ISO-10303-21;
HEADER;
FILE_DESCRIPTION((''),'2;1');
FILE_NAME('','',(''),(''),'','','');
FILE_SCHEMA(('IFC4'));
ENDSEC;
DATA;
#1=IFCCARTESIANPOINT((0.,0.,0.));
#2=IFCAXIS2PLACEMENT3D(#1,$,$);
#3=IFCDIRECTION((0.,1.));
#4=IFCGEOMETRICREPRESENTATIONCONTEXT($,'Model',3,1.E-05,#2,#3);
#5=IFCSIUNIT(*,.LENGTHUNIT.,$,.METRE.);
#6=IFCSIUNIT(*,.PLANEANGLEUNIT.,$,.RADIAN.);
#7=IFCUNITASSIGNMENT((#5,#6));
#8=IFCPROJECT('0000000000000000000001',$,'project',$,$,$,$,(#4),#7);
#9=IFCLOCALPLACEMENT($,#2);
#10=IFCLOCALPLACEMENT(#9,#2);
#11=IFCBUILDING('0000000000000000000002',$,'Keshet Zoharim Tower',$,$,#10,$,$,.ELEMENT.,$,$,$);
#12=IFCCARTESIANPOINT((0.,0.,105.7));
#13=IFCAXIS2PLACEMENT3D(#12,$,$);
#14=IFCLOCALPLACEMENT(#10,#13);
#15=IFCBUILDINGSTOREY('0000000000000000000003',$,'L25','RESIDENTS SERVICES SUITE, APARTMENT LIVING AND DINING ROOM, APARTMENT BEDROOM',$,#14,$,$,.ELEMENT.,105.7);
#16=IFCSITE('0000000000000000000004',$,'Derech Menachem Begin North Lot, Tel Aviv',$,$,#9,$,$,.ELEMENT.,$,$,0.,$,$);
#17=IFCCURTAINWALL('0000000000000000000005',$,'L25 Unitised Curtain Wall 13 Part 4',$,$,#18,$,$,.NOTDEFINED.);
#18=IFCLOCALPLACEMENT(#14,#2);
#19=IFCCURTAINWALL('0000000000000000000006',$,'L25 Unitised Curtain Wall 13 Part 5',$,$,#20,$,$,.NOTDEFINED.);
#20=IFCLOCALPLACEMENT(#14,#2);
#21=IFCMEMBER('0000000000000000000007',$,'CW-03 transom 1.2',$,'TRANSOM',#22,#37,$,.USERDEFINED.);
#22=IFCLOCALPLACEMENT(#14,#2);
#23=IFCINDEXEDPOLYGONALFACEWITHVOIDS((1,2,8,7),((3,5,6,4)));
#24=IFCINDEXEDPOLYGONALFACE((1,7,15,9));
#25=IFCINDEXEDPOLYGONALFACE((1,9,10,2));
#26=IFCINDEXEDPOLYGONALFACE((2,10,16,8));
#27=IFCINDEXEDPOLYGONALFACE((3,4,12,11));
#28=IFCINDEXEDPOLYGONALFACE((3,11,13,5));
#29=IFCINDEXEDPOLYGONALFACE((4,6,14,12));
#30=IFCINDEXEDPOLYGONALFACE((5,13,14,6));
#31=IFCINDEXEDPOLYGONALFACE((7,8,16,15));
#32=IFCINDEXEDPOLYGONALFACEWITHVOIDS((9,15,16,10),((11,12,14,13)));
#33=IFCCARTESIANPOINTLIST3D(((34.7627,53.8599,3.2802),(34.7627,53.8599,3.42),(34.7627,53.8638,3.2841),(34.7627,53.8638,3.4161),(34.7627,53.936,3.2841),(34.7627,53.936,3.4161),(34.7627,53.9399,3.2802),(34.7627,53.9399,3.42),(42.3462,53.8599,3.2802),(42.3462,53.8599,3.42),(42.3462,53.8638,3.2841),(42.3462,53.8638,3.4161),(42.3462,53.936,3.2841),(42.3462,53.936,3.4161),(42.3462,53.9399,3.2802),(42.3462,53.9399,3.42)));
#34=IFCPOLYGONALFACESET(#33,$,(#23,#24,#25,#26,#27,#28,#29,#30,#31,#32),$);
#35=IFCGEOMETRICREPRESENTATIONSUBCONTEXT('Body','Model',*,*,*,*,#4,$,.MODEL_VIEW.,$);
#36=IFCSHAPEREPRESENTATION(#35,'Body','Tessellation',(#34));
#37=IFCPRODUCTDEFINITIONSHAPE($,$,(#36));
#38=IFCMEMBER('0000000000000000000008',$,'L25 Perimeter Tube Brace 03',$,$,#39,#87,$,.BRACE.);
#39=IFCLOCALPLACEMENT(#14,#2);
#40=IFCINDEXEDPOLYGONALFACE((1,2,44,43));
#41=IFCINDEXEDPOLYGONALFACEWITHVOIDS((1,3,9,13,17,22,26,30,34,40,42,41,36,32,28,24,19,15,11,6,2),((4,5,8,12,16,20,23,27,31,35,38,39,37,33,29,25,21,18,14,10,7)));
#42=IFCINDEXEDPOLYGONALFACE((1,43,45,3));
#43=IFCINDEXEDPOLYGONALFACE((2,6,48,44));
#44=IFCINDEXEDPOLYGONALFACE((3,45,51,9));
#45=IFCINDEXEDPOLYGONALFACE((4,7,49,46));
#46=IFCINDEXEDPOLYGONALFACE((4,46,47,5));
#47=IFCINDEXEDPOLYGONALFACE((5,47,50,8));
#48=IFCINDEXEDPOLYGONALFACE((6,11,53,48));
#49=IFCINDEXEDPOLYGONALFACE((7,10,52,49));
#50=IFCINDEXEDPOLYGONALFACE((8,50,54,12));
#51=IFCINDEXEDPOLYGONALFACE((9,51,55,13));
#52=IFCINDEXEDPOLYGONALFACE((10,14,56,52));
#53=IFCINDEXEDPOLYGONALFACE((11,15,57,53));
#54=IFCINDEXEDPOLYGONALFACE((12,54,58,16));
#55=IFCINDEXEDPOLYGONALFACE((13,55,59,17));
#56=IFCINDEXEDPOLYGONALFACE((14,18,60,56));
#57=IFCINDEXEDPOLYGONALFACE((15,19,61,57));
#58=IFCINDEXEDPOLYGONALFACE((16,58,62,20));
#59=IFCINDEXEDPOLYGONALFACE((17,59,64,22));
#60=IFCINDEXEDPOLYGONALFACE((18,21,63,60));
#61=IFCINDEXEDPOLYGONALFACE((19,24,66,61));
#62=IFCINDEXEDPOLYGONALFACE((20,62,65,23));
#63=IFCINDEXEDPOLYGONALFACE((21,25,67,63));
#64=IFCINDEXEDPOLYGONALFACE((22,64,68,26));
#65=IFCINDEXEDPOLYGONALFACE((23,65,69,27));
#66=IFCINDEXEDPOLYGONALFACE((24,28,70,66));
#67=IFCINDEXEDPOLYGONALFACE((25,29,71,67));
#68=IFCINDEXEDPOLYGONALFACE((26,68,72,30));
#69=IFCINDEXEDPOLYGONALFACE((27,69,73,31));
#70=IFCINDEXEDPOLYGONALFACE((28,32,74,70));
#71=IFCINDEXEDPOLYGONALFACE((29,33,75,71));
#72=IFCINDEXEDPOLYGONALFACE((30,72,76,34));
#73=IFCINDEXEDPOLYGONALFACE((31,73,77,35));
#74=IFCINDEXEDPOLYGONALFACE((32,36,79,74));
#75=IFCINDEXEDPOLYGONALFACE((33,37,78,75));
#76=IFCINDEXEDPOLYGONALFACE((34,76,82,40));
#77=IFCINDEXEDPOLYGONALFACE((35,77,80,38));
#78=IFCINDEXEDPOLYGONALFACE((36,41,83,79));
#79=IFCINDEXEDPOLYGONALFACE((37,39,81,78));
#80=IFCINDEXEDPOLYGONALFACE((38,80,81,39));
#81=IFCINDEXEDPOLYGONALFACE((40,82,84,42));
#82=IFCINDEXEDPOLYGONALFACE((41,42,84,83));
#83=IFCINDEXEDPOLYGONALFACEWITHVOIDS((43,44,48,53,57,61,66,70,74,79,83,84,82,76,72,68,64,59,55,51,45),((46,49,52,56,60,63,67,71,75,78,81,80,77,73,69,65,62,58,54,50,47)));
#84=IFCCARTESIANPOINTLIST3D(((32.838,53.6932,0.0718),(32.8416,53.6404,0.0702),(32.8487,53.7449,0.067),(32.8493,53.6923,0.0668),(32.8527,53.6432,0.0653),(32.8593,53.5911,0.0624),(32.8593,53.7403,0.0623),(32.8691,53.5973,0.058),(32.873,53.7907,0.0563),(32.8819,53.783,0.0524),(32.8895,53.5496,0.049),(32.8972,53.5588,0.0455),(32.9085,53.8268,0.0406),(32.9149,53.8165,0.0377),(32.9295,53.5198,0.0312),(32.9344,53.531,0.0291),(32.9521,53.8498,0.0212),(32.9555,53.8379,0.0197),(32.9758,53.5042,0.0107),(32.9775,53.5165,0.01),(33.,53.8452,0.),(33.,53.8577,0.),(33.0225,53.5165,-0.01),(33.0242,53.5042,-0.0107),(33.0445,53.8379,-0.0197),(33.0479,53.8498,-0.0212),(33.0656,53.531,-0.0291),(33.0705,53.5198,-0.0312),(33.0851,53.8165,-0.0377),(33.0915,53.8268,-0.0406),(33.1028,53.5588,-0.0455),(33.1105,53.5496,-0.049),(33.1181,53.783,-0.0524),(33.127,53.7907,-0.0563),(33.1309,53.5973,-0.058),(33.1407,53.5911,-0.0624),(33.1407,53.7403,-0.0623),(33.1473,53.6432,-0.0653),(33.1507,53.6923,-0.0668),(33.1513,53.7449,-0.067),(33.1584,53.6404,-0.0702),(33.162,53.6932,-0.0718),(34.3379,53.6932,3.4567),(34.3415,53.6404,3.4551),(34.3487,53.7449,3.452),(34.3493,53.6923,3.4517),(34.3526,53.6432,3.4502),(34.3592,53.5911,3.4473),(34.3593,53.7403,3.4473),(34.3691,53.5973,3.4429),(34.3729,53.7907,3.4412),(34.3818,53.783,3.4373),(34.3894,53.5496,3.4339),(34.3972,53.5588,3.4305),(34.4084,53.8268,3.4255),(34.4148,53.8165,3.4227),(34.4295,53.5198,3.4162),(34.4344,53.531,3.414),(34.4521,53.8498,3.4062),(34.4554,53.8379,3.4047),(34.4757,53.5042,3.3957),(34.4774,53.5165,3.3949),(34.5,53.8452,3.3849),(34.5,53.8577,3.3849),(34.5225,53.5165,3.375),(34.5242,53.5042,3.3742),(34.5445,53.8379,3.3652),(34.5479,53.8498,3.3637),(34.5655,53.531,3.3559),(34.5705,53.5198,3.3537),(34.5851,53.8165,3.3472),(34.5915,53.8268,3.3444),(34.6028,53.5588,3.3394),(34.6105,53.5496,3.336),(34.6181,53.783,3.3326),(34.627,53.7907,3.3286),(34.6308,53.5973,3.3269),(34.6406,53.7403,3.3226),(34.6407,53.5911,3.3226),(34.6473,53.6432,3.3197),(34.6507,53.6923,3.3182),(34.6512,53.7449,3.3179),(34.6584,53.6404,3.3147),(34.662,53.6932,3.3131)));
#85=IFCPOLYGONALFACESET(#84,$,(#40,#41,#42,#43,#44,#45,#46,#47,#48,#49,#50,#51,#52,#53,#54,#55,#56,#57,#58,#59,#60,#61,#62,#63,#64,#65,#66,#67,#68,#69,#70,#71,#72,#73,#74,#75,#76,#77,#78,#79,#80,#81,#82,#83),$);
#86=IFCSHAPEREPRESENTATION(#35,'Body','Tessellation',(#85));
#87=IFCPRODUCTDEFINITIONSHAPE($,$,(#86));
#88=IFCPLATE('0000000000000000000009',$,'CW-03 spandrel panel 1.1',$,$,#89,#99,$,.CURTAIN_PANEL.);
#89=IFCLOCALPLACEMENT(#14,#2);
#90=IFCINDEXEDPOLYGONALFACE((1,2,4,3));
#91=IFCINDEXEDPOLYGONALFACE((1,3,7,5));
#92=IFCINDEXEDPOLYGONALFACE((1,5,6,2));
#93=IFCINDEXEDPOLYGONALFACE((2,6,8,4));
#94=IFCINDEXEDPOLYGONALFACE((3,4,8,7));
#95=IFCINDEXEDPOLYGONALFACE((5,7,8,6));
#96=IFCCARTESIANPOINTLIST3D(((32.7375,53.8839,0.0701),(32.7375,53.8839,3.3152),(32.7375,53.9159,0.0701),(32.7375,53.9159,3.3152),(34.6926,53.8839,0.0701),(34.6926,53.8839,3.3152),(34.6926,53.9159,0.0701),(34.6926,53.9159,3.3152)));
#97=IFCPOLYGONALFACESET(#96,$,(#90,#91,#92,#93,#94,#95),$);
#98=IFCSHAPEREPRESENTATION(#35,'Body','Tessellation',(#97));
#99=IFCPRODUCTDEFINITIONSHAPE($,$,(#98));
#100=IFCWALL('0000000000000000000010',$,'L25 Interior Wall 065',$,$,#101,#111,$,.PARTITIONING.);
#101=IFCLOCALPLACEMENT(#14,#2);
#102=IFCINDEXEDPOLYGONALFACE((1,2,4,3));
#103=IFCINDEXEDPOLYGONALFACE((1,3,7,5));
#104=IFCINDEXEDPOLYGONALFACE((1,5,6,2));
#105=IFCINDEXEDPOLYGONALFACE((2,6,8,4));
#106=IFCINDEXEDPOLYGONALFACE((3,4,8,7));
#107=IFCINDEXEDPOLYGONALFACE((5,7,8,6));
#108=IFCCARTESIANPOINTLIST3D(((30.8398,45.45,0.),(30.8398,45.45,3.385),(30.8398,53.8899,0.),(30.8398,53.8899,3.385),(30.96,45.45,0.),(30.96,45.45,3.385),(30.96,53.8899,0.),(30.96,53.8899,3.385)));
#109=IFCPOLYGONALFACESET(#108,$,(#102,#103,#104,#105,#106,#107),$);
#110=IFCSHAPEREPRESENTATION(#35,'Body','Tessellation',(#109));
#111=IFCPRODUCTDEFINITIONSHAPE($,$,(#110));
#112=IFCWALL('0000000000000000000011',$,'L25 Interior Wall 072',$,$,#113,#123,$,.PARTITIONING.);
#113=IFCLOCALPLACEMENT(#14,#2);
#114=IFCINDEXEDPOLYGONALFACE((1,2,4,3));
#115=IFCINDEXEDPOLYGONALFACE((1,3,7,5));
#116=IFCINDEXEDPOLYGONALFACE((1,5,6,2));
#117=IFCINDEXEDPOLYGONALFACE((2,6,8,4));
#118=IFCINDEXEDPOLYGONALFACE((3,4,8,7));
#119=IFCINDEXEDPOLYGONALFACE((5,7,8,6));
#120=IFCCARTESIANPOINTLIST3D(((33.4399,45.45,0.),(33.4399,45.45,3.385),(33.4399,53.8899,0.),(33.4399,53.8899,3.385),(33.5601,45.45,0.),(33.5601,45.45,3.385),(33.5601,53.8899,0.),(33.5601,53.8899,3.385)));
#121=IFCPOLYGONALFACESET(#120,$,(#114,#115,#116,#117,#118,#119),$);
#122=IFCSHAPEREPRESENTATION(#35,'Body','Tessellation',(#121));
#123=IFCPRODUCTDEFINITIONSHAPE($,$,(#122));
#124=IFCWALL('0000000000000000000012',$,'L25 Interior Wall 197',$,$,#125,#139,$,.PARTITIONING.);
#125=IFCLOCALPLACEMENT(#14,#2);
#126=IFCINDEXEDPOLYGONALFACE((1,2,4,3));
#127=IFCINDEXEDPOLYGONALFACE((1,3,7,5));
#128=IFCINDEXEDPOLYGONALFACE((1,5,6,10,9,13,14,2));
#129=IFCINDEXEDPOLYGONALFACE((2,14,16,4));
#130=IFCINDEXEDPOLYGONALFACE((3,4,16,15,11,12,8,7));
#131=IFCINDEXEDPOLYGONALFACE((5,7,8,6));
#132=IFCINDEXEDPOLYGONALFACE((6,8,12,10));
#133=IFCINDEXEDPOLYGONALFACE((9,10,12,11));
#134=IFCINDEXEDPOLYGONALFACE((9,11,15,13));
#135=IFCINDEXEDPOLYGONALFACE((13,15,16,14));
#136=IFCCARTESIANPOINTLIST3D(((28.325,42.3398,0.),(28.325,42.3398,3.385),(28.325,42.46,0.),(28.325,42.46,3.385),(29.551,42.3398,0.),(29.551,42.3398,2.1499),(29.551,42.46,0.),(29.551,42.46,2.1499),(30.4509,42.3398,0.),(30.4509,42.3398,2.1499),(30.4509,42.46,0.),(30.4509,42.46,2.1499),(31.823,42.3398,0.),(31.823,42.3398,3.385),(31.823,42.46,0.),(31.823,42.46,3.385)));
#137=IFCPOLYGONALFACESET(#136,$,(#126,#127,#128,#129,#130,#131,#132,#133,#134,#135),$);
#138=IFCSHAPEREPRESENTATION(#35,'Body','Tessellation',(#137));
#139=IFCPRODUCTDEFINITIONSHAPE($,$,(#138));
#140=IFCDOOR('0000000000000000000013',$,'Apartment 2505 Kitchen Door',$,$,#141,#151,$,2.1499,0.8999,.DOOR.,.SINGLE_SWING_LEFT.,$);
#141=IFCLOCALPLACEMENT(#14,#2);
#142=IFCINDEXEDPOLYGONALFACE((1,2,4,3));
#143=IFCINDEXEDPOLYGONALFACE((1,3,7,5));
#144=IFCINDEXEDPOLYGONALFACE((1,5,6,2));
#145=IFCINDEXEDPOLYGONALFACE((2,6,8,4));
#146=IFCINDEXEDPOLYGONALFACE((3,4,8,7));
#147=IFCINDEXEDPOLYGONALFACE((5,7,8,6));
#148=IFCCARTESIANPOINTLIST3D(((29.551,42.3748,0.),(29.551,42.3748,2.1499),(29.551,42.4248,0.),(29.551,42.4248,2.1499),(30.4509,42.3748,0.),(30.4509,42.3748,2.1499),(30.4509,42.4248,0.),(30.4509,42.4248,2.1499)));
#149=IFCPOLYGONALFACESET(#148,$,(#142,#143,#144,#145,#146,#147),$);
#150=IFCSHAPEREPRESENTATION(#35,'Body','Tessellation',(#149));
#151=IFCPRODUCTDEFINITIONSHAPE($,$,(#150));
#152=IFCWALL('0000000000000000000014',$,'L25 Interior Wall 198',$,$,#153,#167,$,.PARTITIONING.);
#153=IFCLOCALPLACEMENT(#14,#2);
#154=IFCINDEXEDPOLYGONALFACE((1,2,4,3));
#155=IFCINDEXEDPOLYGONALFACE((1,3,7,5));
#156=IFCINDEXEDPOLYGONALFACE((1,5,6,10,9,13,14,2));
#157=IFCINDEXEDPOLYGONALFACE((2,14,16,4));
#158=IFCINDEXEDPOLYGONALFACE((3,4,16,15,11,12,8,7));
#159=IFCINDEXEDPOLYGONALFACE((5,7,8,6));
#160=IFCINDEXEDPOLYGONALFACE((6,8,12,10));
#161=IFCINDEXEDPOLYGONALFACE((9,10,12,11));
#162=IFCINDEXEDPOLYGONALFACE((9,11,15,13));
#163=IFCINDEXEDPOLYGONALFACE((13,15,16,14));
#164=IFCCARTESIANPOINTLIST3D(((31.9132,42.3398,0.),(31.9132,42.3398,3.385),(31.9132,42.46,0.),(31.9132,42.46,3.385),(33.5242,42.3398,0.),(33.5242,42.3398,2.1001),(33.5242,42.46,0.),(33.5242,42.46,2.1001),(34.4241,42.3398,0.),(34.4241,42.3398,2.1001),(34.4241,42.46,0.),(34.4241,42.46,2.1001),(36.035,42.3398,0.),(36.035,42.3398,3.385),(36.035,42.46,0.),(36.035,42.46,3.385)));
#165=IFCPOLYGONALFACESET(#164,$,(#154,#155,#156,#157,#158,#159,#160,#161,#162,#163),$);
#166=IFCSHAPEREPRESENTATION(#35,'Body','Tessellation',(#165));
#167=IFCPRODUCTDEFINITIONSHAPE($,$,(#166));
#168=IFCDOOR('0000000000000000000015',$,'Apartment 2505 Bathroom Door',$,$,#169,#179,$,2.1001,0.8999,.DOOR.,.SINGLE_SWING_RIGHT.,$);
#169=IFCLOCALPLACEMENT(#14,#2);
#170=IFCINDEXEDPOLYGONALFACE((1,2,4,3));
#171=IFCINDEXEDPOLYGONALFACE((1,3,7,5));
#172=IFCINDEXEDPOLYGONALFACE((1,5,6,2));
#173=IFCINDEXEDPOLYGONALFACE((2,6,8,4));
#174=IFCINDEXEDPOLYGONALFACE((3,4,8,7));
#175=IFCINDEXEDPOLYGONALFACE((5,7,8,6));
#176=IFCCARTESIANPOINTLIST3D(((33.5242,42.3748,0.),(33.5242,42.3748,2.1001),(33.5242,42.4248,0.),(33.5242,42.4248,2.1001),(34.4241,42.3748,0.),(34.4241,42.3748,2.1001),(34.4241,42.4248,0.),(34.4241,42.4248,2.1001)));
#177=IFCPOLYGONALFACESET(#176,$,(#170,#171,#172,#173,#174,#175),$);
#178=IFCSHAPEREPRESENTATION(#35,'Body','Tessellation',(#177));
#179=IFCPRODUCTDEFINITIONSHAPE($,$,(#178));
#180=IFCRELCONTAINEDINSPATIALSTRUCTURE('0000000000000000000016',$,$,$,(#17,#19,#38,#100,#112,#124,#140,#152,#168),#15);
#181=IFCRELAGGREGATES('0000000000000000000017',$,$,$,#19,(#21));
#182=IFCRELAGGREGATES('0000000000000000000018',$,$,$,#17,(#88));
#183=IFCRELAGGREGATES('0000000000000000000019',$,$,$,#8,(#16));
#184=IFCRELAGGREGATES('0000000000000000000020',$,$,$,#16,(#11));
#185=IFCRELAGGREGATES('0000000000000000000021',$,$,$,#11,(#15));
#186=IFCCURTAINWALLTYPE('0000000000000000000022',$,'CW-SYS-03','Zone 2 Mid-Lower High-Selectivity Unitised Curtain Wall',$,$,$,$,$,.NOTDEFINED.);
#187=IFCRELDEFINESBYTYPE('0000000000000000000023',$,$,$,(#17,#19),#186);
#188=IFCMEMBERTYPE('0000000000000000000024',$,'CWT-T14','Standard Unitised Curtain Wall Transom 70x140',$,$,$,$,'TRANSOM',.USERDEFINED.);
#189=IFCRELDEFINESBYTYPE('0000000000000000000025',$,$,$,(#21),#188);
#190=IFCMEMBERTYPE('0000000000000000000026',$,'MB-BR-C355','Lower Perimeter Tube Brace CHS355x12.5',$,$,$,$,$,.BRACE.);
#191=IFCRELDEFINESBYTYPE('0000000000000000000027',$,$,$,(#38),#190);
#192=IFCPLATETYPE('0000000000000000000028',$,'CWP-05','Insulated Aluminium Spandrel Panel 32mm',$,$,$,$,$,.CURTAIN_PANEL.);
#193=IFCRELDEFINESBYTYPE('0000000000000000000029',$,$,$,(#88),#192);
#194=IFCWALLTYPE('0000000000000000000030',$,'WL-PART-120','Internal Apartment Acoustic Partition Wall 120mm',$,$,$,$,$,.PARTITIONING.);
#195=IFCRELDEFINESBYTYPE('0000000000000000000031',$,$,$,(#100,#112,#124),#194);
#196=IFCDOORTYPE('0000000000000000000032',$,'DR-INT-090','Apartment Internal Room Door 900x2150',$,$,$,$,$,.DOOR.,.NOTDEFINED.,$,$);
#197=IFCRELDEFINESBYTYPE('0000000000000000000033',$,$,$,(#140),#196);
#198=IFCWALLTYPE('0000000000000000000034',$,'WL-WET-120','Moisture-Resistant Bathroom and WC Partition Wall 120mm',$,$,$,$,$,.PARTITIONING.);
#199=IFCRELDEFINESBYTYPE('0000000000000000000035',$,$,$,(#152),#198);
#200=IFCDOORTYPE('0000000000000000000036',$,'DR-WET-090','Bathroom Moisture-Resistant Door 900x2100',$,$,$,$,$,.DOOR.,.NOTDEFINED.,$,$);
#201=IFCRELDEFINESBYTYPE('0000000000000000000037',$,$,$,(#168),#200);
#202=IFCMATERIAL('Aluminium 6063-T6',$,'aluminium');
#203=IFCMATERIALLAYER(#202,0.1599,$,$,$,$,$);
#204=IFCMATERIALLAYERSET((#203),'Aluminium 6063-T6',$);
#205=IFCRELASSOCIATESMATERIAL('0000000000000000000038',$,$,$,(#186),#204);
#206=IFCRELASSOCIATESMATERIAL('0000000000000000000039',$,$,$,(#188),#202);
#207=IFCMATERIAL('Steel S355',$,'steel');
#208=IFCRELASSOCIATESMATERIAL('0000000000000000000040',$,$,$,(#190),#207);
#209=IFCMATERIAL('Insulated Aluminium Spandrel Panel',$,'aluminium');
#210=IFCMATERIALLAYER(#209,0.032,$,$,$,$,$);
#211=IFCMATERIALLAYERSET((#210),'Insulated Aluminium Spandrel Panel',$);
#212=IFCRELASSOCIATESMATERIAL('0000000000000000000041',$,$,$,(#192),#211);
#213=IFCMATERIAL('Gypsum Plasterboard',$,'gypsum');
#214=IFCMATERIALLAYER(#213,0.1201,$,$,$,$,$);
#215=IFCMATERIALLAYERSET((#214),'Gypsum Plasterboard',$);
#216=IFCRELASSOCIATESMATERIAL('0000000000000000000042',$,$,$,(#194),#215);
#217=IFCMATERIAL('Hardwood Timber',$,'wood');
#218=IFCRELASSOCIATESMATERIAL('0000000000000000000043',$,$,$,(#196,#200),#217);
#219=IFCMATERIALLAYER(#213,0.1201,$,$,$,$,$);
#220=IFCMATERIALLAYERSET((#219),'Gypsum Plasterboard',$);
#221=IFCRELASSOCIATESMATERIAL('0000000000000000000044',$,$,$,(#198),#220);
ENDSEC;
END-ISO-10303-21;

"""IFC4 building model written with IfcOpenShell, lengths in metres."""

from ifc_helpers import new_model, si_unit, direction, frame, frame_2d, origin, origin_2d, place, context, subcontext, project, spatial, rectangle, hollow_rectangle, hollow_circle, extrude, material, layer, layer_set, material_profile, profile_set, type_object, element, fill, aggregate, save


model = new_model("IFC4")

# Units and contexts
model_context = context("Model", 3, precision=1e-05, world=origin(), true_north=direction((0.0, 1.0)))
body_context = subcontext(model_context, "Body", "Model", "MODEL_VIEW")
ifc_project = project(units=[si_unit("LENGTHUNIT", "METRE"), si_unit("PLANEANGLEUNIT", "RADIAN")], contexts=[model_context])

# Site, building, storey
site_placement = place(None, origin())
site = spatial("IfcSite", under=ifc_project, at=site_placement, Name="Derech Menachem Begin North Lot, Tel Aviv", CompositionType="ELEMENT", RefElevation=0.0)
building_placement = place(site_placement, origin())
building = spatial("IfcBuilding", under=site, at=building_placement, Name="Keshet Zoharim Tower", CompositionType="ELEMENT")
storey_placement = place(building_placement, frame((0.0, 0.0, 105.7)))
storey = spatial("IfcBuildingStorey", under=building, at=storey_placement, Name="L25", Description="RESIDENTS SERVICES SUITE, APARTMENT LIVING AND DINING ROOM, APARTMENT BEDROOM", CompositionType="ELEMENT", Elevation=105.7)

# Shared definitions
ifc_material_1 = material(Name="Steel S355", Category="steel")

# Shared definitions
ifc_material_2 = material(Name="Aluminium 6063-T6", Category="aluminium")
ifc_layer_1 = layer(ifc_material_2, 0.1599)
ifc_layer_set_1 = layer_set([ifc_layer_1], Name="Aluminium 6063-T6")
curtain_wall_type = type_object("IfcCurtainWallType", Name="CW-SYS-03", Description="Zone 2 Mid-Lower High-Selectivity Unitised Curtain Wall", PredefinedType="NOTDEFINED", material=ifc_layer_set_1)

# Curtain walls, member
curtain_wall_1_placement = place(storey_placement, origin())
curtain_wall_1 = element("IfcCurtainWall", 1, at=curtain_wall_1_placement, inside=storey, type_object=curtain_wall_type, Name="L25 Unitised Curtain Wall 13 Part 4", PredefinedType="NOTDEFINED")
ifc_material_profile_1 = material_profile(ifc_material_2, hollow_rectangle(XDim=0.0801, YDim=0.1399, WallThickness=0.0039, at=origin_2d()), Name="TRN-80x140")
ifc_profile_set_1 = profile_set([ifc_material_profile_1], Name="Aluminium 6063-T6")
member_type_1 = type_object("IfcMemberType", Name="CWT-T14", Description="Standard Unitised Curtain Wall Transom 70x140", ElementType="TRANSOM", PredefinedType="USERDEFINED", material=ifc_profile_set_1)
curtain_wall_2_placement = place(storey_placement, origin())
curtain_wall_2 = element("IfcCurtainWall", 2, at=curtain_wall_2_placement, inside=storey, type_object=curtain_wall_type, Name="L25 Unitised Curtain Wall 13 Part 5", PredefinedType="NOTDEFINED")
member_1_placement = place(storey_placement, frame((34.7627, 53.8999, 3.3501), z_axis=(1.0, 0.0, 0.0), x_axis=(0.0, 1.0, 0.0)))
member_1 = element("IfcMember", 3, at=member_1_placement, type_object=member_type_1, Name="CW-03 transom 1.2", ObjectType="TRANSOM", PredefinedType="USERDEFINED", context=body_context, shape_type="SweptSolid", body=[
    extrude(hollow_rectangle(XDim=0.0801, YDim=0.1399, WallThickness=0.0039, at=origin_2d()), origin(), (0.0, 0.0, 1.0), 7.5835),
])
aggregate(curtain_wall_2, [member_1])

# Member
ifc_material_profile_2 = material_profile(ifc_material_1, hollow_circle(Radius=0.1777, WallThickness=0.0125, at=origin_2d()), Name="CHS355x12.5")
ifc_profile_set_2 = profile_set([ifc_material_profile_2], Name="Steel S355")
member_type_2 = type_object("IfcMemberType", Name="MB-BR-C355", Description="Lower Perimeter Tube Brace CHS355x12.5", PredefinedType="BRACE", material=ifc_profile_set_2)
member_2_placement = place(storey_placement, frame((33.0, 53.6799, 0.0), z_axis=(0.405135, 0.0, 0.914257), x_axis=(0.0, 1.0, 0.0)))
element("IfcMember", 4, at=member_2_placement, inside=storey, type_object=member_type_2, Name="L25 Perimeter Tube Brace 03", PredefinedType="BRACE", context=body_context, shape_type="SweptSolid", body=[
    extrude(hollow_circle(Radius=0.1777, WallThickness=0.0125, at=origin_2d()), origin(), (0.0, 0.0, 1.0), 3.7024),
])

# Plate
ifc_material_3 = material(Name="Insulated Aluminium Spandrel Panel", Category="aluminium")
ifc_layer_2 = layer(ifc_material_3, 0.032)
ifc_layer_set_2 = layer_set([ifc_layer_2], Name="Insulated Aluminium Spandrel Panel")
plate_type = type_object("IfcPlateType", Name="CWP-05", Description="Insulated Aluminium Spandrel Panel 32mm", PredefinedType="CURTAIN_PANEL", material=ifc_layer_set_2)
plate_placement = place(storey_placement, frame((33.7151, 53.8999, 0.0701), z_axis=(0.0, 0.0, 1.0), x_axis=(1.0, 0.0, 0.0)))
plate = element("IfcPlate", 5, at=plate_placement, type_object=plate_type, Name="CW-03 spandrel panel 1.1", PredefinedType="CURTAIN_PANEL", context=body_context, shape_type="SweptSolid", body=[
    extrude(rectangle(XDim=1.9551, YDim=0.032, at=origin_2d()), origin(), (0.0, 0.0, 1.0), 3.2451),
])
aggregate(curtain_wall_1, [plate])

# Walls
ifc_material_4 = material(Name="Gypsum Plasterboard", Category="gypsum")
ifc_layer_3 = layer(ifc_material_4, 0.1201)
ifc_layer_set_3 = layer_set([ifc_layer_3], Name="Gypsum Plasterboard")
wall_type_1 = type_object("IfcWallType", Name="WL-PART-120", Description="Internal Apartment Acoustic Partition Wall 120mm", PredefinedType="PARTITIONING", material=ifc_layer_set_3)
for number, where, z_axis, x_axis, name in (
    (6, (30.8999, 45.45, 0.0), (0.0, 0.0, 1.0), (0.0, 1.0, 0.0), "L25 Interior Wall 065"),
    (7, (33.5, 45.45, 0.0), (0.0, 0.0, 1.0), (0.0, 1.0, 0.0), "L25 Interior Wall 072"),
):
    element("IfcWall", number, at=place(storey_placement, frame(where, z_axis=z_axis, x_axis=x_axis)), inside=storey, type_object=wall_type_1, Name=name, PredefinedType="PARTITIONING", context=body_context, shape_type="SweptSolid", body=[
        extrude(rectangle(XDim=8.4399, YDim=0.1201, at=frame_2d((4.22, 0.0))), origin(), (0.0, 0.0, 1.0), 3.385),
    ])

# Wall, opening, door
wall_1_placement = place(storey_placement, frame((28.325, 42.3999, 0.0), z_axis=(0.0, 0.0, 1.0), x_axis=(1.0, 0.0, 0.0)))
wall_1 = element("IfcWall", 8, at=wall_1_placement, inside=storey, type_object=wall_type_1, Name="L25 Interior Wall 197", PredefinedType="PARTITIONING", context=body_context, shape_type="SweptSolid", body=[
    extrude(rectangle(XDim=3.498, YDim=0.1201, at=frame_2d((1.749, 0.0))), origin(), (0.0, 0.0, 1.0), 3.385),
])
opening_1_placement = place(wall_1_placement, frame((1.2261, 0.0, 0.0)))
opening_1 = element("IfcOpeningElement", 9, at=opening_1_placement, cuts=wall_1, PredefinedType="OPENING", context=body_context, shape_type="SweptSolid", body=[
    extrude(rectangle(XDim=0.8999, YDim=2.1499, at=frame_2d((0.45, 1.075))), frame((0.0, 0.0701, 0.0), z_axis=(0.0, -1.0, 0.0), x_axis=(1.0, 0.0, 0.0)), (0.0, 0.0, 1.0), 0.1401),
])
ifc_material_5 = material(Name="Hardwood Timber", Category="wood")
door_type_1 = type_object("IfcDoorType", Name="DR-INT-090", Description="Apartment Internal Room Door 900x2150", OperationType="NOTDEFINED", PredefinedType="DOOR", material=ifc_material_5)
door_1_placement = place(opening_1_placement, origin())
door_1 = element("IfcDoor", 10, at=door_1_placement, inside=storey, type_object=door_type_1, Name="Apartment 2505 Kitchen Door", OperationType="SINGLE_SWING_LEFT", OverallHeight=2.1499, OverallWidth=0.8999, PredefinedType="DOOR", context=body_context, shape_type="SweptSolid", body=[
    extrude(rectangle(XDim=0.8999, YDim=2.1499, at=frame_2d((0.45, 1.075))), frame((0.0, 0.0249, 0.0), z_axis=(0.0, -1.0, 0.0), x_axis=(1.0, 0.0, 0.0)), (0.0, 0.0, 1.0), 0.05),
])
fill(opening_1, door_1)

# Wall, opening, door
ifc_layer_4 = layer(ifc_material_4, 0.1201)
ifc_layer_set_4 = layer_set([ifc_layer_4], Name="Gypsum Plasterboard")
wall_type_2 = type_object("IfcWallType", Name="WL-WET-120", Description="Moisture-Resistant Bathroom and WC Partition Wall 120mm", PredefinedType="PARTITIONING", material=ifc_layer_set_4)
wall_2_placement = place(storey_placement, frame((31.9131, 42.3999, 0.0), z_axis=(0.0, 0.0, 1.0), x_axis=(1.0, 0.0, 0.0)))
wall_2 = element("IfcWall", 11, at=wall_2_placement, inside=storey, type_object=wall_type_2, Name="L25 Interior Wall 198", PredefinedType="PARTITIONING", context=body_context, shape_type="SweptSolid", body=[
    extrude(rectangle(XDim=4.1218, YDim=0.1201, at=frame_2d((2.061, 0.0))), origin(), (0.0, 0.0, 1.0), 3.385),
])
opening_2_placement = place(wall_2_placement, frame((1.6111, 0.0, 0.0)))
opening_2 = element("IfcOpeningElement", 12, at=opening_2_placement, cuts=wall_2, PredefinedType="OPENING", context=body_context, shape_type="SweptSolid", body=[
    extrude(rectangle(XDim=0.8999, YDim=2.1001, at=frame_2d((0.45, 1.05))), frame((0.0, 0.0701, 0.0), z_axis=(0.0, -1.0, 0.0), x_axis=(1.0, 0.0, 0.0)), (0.0, 0.0, 1.0), 0.1401),
])
door_type_2 = type_object("IfcDoorType", Name="DR-WET-090", Description="Bathroom Moisture-Resistant Door 900x2100", OperationType="NOTDEFINED", PredefinedType="DOOR", material=ifc_material_5)
door_2_placement = place(opening_2_placement, origin())
door_2 = element("IfcDoor", 13, at=door_2_placement, inside=storey, type_object=door_type_2, Name="Apartment 2505 Bathroom Door", OperationType="SINGLE_SWING_RIGHT", OverallHeight=2.1001, OverallWidth=0.8999, PredefinedType="DOOR", context=body_context, shape_type="SweptSolid", body=[
    extrude(rectangle(XDim=0.8999, YDim=2.1001, at=frame_2d((0.45, 1.05))), frame((0.0, 0.0249, 0.0), z_axis=(0.0, -1.0, 0.0), x_axis=(1.0, 0.0, 0.0)), (0.0, 0.0, 1.0), 0.05),
])
fill(opening_2, door_2)

save(model, "model.ifc")
